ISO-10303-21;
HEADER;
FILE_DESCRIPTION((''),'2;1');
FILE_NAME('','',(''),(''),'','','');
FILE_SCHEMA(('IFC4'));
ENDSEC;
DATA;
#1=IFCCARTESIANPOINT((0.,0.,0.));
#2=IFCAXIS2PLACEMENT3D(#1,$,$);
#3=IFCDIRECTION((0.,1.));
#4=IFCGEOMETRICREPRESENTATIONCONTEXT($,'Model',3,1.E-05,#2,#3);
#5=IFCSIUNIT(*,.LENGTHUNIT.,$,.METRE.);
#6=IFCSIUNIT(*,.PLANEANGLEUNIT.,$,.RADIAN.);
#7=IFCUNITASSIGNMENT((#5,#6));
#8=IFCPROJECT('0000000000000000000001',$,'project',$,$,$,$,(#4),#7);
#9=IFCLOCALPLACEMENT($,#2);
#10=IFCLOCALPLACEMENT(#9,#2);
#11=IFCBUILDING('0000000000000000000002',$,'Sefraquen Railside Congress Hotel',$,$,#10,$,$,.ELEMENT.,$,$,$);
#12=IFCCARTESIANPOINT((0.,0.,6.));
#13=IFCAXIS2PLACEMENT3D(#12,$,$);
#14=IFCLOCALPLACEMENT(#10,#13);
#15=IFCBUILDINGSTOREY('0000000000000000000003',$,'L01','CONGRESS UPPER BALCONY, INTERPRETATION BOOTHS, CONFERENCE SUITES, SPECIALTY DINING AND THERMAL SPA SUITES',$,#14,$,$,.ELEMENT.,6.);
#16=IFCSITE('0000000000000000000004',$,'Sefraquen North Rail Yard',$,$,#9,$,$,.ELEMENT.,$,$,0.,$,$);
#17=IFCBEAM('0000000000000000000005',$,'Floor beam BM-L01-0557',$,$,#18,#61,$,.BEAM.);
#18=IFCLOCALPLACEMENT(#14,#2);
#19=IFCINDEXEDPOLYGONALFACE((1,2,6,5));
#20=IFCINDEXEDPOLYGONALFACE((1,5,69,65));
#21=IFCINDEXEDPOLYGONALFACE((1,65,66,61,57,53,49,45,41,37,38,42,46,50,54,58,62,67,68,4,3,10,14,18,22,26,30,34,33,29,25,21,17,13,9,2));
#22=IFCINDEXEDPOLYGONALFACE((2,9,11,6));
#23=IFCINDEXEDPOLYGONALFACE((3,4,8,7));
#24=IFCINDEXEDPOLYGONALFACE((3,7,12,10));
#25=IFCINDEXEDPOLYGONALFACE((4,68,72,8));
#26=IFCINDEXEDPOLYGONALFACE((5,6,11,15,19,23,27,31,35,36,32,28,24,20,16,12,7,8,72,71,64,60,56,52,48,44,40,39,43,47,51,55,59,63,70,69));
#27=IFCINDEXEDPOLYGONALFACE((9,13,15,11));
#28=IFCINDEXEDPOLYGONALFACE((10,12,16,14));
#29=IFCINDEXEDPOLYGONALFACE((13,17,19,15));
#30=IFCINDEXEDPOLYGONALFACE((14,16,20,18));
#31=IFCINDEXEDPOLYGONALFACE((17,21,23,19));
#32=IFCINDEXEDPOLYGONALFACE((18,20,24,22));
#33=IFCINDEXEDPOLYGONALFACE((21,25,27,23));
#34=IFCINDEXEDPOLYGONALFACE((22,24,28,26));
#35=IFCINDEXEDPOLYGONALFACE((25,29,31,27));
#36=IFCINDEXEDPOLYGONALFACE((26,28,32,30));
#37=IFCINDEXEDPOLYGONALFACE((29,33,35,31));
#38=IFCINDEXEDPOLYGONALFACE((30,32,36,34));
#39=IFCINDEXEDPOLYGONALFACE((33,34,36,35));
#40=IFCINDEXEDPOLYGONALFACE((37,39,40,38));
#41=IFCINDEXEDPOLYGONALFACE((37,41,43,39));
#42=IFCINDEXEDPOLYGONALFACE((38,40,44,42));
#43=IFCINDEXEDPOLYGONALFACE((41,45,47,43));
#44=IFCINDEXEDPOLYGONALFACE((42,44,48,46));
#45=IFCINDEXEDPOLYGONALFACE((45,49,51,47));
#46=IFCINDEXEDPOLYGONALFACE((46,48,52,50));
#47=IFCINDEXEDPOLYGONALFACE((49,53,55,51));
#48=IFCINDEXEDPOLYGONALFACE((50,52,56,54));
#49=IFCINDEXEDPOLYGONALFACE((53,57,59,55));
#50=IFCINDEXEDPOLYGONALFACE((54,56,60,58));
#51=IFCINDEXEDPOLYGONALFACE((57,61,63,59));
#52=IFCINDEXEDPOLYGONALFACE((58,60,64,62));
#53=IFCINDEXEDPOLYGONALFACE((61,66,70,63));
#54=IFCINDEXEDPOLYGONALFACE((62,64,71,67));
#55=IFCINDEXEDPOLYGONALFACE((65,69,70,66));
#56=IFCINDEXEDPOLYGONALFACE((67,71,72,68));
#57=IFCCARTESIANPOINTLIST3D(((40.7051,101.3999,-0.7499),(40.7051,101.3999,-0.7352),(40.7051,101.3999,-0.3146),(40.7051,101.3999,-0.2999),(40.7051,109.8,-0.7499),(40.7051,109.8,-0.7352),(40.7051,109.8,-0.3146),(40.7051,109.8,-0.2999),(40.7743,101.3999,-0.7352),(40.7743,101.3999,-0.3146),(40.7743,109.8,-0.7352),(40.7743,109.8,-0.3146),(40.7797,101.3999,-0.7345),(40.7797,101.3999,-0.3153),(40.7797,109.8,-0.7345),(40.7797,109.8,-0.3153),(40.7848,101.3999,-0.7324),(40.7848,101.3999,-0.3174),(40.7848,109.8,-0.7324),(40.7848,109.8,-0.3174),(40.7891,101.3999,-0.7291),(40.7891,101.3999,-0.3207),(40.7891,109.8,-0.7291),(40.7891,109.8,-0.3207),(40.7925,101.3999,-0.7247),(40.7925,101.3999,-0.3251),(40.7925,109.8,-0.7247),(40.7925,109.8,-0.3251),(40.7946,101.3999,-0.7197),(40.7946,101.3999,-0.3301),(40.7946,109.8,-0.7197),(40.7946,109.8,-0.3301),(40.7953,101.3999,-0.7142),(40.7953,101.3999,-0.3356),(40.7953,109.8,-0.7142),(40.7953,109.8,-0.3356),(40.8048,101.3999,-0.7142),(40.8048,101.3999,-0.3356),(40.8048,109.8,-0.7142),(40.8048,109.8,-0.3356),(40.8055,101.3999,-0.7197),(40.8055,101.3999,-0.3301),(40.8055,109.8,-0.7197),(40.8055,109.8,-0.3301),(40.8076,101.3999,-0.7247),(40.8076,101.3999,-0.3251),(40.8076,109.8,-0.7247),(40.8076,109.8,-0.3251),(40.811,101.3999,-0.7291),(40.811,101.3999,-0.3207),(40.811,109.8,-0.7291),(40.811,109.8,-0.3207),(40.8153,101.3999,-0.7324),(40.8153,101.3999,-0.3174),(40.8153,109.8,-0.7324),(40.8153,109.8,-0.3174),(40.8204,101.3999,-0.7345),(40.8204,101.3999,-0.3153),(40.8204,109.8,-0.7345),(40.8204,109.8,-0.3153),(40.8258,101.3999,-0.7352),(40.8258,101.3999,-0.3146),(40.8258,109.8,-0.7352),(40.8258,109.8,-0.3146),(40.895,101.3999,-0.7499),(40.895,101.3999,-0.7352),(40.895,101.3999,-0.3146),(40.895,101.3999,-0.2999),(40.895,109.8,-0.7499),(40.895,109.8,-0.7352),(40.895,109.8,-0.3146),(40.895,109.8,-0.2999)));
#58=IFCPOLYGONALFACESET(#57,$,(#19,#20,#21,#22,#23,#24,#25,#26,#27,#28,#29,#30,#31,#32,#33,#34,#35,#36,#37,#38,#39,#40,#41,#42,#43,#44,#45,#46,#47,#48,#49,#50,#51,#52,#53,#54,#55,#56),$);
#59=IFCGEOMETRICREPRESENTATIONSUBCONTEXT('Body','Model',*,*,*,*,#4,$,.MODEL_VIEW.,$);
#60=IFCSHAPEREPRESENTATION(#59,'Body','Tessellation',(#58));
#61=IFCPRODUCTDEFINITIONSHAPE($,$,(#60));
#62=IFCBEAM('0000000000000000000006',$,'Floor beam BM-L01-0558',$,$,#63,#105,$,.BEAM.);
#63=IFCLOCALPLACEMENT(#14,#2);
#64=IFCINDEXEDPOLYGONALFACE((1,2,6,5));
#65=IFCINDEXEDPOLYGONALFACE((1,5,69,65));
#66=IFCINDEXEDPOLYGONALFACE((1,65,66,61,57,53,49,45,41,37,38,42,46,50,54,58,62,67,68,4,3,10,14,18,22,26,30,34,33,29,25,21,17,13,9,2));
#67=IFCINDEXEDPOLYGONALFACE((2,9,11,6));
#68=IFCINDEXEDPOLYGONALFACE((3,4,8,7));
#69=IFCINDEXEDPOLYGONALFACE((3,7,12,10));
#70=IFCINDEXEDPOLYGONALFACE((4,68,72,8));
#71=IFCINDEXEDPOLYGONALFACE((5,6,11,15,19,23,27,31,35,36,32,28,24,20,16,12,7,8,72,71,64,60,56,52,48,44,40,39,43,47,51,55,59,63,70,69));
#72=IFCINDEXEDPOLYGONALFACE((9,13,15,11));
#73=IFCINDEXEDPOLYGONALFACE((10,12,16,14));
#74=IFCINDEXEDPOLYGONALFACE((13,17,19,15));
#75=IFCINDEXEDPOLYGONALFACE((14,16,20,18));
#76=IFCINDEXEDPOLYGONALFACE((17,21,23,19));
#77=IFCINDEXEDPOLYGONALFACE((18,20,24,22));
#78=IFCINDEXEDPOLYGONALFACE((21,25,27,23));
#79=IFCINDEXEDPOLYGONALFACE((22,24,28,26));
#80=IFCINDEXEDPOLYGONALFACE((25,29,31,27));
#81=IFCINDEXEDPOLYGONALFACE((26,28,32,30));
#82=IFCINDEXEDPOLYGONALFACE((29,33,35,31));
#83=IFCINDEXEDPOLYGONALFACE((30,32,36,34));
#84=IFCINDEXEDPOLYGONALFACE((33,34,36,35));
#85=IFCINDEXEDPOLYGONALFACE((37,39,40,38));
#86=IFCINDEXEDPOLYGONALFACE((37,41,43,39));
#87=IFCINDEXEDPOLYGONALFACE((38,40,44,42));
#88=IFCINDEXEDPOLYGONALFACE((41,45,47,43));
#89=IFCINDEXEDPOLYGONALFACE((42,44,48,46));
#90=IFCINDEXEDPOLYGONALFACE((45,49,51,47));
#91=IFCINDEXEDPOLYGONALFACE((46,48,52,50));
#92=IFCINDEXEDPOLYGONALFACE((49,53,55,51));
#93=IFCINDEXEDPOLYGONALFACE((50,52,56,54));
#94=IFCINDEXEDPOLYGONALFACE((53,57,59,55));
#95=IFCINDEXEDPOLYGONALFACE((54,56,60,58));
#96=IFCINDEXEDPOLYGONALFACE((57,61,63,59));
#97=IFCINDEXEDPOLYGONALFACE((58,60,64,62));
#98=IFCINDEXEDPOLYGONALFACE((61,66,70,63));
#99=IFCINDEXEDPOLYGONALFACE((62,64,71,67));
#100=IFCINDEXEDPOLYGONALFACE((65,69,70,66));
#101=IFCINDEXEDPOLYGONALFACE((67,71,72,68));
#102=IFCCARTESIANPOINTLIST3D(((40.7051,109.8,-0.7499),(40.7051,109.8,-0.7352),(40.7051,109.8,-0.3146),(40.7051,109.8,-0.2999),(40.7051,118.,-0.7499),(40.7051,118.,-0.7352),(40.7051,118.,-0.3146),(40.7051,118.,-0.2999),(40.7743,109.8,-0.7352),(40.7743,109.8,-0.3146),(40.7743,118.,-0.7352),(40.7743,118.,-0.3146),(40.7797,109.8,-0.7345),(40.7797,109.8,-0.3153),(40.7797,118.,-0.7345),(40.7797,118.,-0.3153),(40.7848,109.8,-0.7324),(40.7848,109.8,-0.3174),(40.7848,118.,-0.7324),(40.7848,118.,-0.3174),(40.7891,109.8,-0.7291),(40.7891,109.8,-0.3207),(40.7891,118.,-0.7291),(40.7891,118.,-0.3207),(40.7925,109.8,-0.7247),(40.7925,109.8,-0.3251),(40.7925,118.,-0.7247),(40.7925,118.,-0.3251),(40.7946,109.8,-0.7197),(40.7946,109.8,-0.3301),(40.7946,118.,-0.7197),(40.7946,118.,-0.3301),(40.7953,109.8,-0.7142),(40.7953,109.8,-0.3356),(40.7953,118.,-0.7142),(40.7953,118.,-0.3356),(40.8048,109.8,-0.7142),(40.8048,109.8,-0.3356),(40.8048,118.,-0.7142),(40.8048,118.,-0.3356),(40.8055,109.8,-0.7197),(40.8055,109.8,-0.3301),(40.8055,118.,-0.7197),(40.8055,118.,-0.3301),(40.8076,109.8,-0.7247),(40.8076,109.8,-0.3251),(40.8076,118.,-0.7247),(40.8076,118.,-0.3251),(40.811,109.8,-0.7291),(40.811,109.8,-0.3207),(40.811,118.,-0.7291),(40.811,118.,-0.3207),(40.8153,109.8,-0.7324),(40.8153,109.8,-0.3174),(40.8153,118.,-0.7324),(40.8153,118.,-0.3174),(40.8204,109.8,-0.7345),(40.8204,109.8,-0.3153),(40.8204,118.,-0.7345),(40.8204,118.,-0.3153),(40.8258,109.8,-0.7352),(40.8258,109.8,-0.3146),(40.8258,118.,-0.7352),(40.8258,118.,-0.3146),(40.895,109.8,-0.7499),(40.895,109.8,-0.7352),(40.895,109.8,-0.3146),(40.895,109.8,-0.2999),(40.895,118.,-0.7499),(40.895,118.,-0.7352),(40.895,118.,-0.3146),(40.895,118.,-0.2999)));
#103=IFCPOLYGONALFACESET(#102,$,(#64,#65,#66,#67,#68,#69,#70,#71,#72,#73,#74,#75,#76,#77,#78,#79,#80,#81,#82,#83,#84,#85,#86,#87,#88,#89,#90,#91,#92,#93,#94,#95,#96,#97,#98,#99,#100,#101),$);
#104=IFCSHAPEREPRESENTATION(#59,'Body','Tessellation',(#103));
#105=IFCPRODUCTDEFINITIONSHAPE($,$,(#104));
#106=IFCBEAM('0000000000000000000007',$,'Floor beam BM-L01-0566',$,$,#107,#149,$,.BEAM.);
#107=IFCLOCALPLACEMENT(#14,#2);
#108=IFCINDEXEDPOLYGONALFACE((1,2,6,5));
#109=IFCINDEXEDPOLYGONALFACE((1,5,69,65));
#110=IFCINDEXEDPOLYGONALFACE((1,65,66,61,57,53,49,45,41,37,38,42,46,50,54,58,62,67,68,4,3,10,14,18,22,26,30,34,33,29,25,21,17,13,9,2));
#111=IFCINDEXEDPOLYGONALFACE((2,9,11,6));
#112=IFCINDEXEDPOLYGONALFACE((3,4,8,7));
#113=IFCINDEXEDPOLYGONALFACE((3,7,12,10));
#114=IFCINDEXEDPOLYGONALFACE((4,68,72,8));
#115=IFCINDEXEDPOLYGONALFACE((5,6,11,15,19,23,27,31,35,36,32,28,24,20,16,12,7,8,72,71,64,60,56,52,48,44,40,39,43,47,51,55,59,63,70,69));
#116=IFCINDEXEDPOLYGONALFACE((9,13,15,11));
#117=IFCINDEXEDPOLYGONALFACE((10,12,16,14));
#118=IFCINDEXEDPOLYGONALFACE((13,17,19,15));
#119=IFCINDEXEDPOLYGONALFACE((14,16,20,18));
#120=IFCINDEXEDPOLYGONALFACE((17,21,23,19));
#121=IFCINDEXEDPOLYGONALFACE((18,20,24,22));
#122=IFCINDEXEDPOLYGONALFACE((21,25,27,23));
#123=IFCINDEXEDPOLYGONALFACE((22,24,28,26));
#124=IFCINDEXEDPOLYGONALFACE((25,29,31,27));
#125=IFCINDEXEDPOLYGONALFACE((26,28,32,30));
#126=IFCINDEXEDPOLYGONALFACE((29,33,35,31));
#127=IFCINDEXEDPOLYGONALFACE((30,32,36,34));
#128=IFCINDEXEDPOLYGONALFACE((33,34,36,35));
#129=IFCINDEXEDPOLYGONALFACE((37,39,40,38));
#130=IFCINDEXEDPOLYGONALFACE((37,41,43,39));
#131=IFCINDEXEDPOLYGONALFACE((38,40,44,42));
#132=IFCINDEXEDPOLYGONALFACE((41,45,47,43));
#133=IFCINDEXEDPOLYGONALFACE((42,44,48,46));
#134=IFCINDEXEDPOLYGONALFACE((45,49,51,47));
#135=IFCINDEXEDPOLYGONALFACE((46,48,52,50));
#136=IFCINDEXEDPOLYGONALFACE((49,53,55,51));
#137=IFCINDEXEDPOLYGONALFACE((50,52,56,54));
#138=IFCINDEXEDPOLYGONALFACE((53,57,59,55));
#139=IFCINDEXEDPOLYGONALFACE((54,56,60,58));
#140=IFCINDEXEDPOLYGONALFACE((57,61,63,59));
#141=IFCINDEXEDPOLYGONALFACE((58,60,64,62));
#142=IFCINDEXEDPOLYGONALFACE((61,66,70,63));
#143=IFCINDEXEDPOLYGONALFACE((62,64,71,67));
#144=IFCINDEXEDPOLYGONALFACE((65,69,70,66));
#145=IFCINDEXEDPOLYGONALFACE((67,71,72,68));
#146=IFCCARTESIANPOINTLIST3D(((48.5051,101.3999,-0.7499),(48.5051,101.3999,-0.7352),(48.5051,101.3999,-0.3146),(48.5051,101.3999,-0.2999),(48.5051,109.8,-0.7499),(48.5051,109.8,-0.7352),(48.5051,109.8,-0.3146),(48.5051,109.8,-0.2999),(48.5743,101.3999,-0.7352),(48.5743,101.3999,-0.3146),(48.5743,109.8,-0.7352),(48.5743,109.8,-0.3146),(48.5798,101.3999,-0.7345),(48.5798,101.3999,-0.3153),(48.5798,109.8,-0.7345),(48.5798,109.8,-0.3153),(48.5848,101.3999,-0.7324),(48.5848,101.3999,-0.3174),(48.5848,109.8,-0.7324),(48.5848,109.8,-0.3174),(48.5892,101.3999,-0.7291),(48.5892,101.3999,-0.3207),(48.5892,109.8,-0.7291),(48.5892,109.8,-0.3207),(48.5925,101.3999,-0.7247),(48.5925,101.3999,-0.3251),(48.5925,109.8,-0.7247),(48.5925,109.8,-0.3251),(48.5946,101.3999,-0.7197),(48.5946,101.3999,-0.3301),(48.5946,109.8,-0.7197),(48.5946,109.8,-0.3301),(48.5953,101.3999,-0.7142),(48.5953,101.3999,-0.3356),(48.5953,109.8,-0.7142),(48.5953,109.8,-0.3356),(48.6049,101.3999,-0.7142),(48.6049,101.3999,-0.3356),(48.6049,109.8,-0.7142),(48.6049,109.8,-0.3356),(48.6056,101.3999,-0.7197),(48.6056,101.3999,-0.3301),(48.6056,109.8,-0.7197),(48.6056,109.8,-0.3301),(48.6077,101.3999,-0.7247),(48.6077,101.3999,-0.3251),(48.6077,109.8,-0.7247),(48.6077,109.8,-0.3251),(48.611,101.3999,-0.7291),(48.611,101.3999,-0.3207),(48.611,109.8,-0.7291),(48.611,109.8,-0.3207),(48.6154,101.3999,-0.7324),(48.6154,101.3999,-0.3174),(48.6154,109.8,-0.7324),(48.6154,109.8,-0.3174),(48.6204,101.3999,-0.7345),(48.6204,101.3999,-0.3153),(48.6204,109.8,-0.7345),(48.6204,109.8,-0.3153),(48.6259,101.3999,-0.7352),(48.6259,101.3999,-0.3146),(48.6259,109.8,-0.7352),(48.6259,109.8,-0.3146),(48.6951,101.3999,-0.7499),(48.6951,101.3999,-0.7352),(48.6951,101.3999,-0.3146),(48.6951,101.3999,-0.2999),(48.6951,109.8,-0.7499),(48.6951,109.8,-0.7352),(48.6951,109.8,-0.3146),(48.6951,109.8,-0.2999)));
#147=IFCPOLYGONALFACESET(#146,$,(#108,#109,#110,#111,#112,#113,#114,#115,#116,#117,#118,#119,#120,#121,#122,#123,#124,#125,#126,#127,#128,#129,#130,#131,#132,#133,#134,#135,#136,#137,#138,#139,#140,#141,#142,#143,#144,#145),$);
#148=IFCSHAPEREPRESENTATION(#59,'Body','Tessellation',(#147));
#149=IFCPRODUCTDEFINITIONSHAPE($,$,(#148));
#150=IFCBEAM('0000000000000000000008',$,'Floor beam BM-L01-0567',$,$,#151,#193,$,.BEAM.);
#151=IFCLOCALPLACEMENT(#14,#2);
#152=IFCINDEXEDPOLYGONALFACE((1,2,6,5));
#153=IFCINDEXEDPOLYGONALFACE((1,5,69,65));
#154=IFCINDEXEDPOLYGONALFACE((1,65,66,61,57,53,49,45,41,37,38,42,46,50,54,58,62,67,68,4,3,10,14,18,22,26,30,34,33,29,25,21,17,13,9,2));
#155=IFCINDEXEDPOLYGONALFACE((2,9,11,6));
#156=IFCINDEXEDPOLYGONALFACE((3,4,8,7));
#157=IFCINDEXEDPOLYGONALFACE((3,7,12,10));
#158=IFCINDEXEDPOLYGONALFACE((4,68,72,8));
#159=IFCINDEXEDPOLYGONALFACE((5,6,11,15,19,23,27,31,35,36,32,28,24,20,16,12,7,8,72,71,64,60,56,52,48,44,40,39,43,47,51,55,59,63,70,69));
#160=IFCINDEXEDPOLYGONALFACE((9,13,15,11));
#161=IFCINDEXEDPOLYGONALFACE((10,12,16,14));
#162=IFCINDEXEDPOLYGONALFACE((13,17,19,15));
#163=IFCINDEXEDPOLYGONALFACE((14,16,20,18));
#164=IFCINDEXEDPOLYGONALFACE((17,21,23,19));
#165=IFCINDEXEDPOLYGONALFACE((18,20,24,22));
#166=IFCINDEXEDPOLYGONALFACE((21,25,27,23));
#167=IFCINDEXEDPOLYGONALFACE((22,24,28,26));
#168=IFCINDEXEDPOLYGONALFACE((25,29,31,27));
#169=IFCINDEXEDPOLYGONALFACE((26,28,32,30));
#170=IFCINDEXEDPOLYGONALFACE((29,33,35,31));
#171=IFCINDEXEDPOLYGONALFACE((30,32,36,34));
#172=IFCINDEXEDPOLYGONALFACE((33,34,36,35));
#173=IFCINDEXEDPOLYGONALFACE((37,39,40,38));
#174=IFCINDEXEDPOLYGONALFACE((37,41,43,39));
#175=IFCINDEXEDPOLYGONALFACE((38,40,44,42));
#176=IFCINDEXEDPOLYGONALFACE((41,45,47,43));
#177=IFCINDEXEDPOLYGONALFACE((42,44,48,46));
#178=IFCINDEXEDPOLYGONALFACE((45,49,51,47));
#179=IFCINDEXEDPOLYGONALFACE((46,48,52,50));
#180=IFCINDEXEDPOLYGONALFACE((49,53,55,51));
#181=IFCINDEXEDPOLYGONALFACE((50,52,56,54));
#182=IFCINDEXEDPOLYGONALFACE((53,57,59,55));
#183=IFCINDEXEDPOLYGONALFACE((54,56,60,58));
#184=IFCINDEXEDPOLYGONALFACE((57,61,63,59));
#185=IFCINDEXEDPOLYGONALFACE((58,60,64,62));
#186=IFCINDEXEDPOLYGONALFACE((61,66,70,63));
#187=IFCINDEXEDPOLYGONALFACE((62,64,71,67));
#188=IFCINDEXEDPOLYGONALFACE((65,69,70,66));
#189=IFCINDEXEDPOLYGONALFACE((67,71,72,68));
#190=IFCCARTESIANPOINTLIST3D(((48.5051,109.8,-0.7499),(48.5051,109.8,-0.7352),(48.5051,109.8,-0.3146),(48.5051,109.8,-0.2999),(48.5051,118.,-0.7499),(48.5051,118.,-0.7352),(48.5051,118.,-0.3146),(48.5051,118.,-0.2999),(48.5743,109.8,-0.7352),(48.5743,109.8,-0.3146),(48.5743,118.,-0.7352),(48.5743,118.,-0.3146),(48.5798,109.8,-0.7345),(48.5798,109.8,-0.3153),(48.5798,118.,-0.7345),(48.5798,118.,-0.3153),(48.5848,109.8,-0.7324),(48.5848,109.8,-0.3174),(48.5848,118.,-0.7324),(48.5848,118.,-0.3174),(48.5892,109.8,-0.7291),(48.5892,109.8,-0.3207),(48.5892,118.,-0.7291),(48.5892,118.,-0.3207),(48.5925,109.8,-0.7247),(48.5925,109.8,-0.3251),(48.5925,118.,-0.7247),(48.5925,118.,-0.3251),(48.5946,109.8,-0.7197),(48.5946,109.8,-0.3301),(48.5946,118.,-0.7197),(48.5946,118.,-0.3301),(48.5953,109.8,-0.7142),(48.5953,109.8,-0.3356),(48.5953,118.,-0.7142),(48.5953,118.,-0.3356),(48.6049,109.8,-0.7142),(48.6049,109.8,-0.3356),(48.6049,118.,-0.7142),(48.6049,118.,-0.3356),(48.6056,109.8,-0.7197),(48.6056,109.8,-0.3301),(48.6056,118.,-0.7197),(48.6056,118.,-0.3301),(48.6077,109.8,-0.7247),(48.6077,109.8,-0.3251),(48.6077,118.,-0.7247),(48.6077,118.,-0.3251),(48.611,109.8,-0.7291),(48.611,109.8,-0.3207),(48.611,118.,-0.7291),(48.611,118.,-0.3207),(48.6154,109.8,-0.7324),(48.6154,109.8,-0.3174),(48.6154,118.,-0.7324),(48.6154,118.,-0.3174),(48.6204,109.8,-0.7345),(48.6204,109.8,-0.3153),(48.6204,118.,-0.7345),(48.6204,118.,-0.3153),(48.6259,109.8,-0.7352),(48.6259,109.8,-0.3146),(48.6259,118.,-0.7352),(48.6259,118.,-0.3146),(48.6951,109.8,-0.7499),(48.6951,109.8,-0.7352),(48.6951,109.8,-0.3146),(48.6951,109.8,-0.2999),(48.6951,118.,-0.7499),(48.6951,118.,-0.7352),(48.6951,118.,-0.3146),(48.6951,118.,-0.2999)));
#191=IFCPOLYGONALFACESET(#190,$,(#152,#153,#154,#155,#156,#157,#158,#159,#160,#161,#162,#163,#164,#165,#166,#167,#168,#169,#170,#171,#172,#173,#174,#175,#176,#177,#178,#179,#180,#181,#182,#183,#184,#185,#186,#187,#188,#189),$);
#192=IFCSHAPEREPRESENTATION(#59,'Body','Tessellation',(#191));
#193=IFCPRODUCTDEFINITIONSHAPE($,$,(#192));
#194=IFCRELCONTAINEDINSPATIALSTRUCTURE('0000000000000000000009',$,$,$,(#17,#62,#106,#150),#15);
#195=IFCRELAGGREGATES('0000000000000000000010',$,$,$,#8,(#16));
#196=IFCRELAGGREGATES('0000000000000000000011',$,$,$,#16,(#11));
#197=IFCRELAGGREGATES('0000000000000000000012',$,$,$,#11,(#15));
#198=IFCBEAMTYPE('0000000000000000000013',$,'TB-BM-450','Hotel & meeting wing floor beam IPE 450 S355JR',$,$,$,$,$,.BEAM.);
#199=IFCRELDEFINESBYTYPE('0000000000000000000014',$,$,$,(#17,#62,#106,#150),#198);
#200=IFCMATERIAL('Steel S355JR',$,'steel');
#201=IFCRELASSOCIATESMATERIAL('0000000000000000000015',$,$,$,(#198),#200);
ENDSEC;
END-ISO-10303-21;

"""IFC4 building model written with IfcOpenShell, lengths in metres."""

from ifc_helpers import new_model, si_unit, direction, frame, origin, origin_2d, place, context, subcontext, project, spatial, i_section, extrude, material, material_profile, profile_set, type_object, element, save


model = new_model("IFC4")

# Units and contexts
model_context = context("Model", 3, precision=1e-05, world=origin(), true_north=direction((0.0, 1.0)))
body_context = subcontext(model_context, "Body", "Model", "MODEL_VIEW")
ifc_project = project(units=[si_unit("LENGTHUNIT", "METRE"), si_unit("PLANEANGLEUNIT", "RADIAN")], contexts=[model_context])

# Site, building, storey
site_placement = place(None, origin())
site = spatial("IfcSite", under=ifc_project, at=site_placement, Name="Sefraquen North Rail Yard", CompositionType="ELEMENT", RefElevation=0.0)
building_placement = place(site_placement, origin())
building = spatial("IfcBuilding", under=site, at=building_placement, Name="Sefraquen Railside Congress Hotel", CompositionType="ELEMENT")
storey_placement = place(building_placement, frame((0.0, 0.0, 6.0)))
storey = spatial("IfcBuildingStorey", under=building, at=storey_placement, Name="L01", Description="CONGRESS UPPER BALCONY, INTERPRETATION BOOTHS, CONFERENCE SUITES, SPECIALTY DINING AND THERMAL SPA SUITES", CompositionType="ELEMENT", Elevation=6.0)

# Shared definitions
ifc_material_1 = material(Name="Steel S355JR", Category="steel")

# Beams
ifc_material_profile_1 = material_profile(ifc_material_1, i_section(OverallWidth=0.1899, OverallDepth=0.45, WebThickness=0.0095, FlangeThickness=0.0146, FilletRadius=0.021, at=origin_2d()), Name="IPE 450")
ifc_profile_set_1 = profile_set([ifc_material_profile_1], Name="Steel S355JR")
beam_type_1 = type_object("IfcBeamType", Name="TB-BM-450", Description="Hotel & meeting wing floor beam IPE 450 S355JR", PredefinedType="BEAM", material=ifc_profile_set_1)
beam_1_placement = place(storey_placement, frame((40.8, 101.3999, -0.5249), z_axis=(0.0, 1.0, 0.0), x_axis=(-1.0, 0.0, 0.0)))
element("IfcBeam", 1, at=beam_1_placement, inside=storey, type_object=beam_type_1, Name="Floor beam BM-L01-0557", PredefinedType="BEAM", context=body_context, shape_type="SweptSolid", body=[
    extrude(i_section(OverallWidth=0.1899, OverallDepth=0.45, WebThickness=0.0095, FlangeThickness=0.0146, FilletRadius=0.021, at=origin_2d()), origin(), (0.0, 0.0, 1.0), 8.4001),
])
beam_2_placement = place(storey_placement, frame((40.8, 109.8, -0.5249), z_axis=(0.0, 1.0, 0.0), x_axis=(-1.0, 0.0, 0.0)))
element("IfcBeam", 2, at=beam_2_placement, inside=storey, type_object=beam_type_1, Name="Floor beam BM-L01-0558", PredefinedType="BEAM", context=body_context, shape_type="SweptSolid", body=[
    extrude(i_section(OverallWidth=0.1899, OverallDepth=0.45, WebThickness=0.0095, FlangeThickness=0.0146, FilletRadius=0.021, at=origin_2d()), origin(), (0.0, 0.0, 1.0), 8.2),
])
beam_3_placement = place(storey_placement, frame((48.6001, 101.3999, -0.5249), z_axis=(0.0, 1.0, 0.0), x_axis=(-1.0, 0.0, 0.0)))
element("IfcBeam", 3, at=beam_3_placement, inside=storey, type_object=beam_type_1, Name="Floor beam BM-L01-0566", PredefinedType="BEAM", context=body_context, shape_type="SweptSolid", body=[
    extrude(i_section(OverallWidth=0.1899, OverallDepth=0.45, WebThickness=0.0095, FlangeThickness=0.0146, FilletRadius=0.021, at=origin_2d()), origin(), (0.0, 0.0, 1.0), 8.4001),
])
beam_4_placement = place(storey_placement, frame((48.6001, 109.8, -0.5249), z_axis=(0.0, 1.0, 0.0), x_axis=(-1.0, 0.0, 0.0)))
element("IfcBeam", 4, at=beam_4_placement, inside=storey, type_object=beam_type_1, Name="Floor beam BM-L01-0567", PredefinedType="BEAM", context=body_context, shape_type="SweptSolid", body=[
    extrude(i_section(OverallWidth=0.1899, OverallDepth=0.45, WebThickness=0.0095, FlangeThickness=0.0146, FilletRadius=0.021, at=origin_2d()), origin(), (0.0, 0.0, 1.0), 8.2),
])

save(model, "model.ifc")
